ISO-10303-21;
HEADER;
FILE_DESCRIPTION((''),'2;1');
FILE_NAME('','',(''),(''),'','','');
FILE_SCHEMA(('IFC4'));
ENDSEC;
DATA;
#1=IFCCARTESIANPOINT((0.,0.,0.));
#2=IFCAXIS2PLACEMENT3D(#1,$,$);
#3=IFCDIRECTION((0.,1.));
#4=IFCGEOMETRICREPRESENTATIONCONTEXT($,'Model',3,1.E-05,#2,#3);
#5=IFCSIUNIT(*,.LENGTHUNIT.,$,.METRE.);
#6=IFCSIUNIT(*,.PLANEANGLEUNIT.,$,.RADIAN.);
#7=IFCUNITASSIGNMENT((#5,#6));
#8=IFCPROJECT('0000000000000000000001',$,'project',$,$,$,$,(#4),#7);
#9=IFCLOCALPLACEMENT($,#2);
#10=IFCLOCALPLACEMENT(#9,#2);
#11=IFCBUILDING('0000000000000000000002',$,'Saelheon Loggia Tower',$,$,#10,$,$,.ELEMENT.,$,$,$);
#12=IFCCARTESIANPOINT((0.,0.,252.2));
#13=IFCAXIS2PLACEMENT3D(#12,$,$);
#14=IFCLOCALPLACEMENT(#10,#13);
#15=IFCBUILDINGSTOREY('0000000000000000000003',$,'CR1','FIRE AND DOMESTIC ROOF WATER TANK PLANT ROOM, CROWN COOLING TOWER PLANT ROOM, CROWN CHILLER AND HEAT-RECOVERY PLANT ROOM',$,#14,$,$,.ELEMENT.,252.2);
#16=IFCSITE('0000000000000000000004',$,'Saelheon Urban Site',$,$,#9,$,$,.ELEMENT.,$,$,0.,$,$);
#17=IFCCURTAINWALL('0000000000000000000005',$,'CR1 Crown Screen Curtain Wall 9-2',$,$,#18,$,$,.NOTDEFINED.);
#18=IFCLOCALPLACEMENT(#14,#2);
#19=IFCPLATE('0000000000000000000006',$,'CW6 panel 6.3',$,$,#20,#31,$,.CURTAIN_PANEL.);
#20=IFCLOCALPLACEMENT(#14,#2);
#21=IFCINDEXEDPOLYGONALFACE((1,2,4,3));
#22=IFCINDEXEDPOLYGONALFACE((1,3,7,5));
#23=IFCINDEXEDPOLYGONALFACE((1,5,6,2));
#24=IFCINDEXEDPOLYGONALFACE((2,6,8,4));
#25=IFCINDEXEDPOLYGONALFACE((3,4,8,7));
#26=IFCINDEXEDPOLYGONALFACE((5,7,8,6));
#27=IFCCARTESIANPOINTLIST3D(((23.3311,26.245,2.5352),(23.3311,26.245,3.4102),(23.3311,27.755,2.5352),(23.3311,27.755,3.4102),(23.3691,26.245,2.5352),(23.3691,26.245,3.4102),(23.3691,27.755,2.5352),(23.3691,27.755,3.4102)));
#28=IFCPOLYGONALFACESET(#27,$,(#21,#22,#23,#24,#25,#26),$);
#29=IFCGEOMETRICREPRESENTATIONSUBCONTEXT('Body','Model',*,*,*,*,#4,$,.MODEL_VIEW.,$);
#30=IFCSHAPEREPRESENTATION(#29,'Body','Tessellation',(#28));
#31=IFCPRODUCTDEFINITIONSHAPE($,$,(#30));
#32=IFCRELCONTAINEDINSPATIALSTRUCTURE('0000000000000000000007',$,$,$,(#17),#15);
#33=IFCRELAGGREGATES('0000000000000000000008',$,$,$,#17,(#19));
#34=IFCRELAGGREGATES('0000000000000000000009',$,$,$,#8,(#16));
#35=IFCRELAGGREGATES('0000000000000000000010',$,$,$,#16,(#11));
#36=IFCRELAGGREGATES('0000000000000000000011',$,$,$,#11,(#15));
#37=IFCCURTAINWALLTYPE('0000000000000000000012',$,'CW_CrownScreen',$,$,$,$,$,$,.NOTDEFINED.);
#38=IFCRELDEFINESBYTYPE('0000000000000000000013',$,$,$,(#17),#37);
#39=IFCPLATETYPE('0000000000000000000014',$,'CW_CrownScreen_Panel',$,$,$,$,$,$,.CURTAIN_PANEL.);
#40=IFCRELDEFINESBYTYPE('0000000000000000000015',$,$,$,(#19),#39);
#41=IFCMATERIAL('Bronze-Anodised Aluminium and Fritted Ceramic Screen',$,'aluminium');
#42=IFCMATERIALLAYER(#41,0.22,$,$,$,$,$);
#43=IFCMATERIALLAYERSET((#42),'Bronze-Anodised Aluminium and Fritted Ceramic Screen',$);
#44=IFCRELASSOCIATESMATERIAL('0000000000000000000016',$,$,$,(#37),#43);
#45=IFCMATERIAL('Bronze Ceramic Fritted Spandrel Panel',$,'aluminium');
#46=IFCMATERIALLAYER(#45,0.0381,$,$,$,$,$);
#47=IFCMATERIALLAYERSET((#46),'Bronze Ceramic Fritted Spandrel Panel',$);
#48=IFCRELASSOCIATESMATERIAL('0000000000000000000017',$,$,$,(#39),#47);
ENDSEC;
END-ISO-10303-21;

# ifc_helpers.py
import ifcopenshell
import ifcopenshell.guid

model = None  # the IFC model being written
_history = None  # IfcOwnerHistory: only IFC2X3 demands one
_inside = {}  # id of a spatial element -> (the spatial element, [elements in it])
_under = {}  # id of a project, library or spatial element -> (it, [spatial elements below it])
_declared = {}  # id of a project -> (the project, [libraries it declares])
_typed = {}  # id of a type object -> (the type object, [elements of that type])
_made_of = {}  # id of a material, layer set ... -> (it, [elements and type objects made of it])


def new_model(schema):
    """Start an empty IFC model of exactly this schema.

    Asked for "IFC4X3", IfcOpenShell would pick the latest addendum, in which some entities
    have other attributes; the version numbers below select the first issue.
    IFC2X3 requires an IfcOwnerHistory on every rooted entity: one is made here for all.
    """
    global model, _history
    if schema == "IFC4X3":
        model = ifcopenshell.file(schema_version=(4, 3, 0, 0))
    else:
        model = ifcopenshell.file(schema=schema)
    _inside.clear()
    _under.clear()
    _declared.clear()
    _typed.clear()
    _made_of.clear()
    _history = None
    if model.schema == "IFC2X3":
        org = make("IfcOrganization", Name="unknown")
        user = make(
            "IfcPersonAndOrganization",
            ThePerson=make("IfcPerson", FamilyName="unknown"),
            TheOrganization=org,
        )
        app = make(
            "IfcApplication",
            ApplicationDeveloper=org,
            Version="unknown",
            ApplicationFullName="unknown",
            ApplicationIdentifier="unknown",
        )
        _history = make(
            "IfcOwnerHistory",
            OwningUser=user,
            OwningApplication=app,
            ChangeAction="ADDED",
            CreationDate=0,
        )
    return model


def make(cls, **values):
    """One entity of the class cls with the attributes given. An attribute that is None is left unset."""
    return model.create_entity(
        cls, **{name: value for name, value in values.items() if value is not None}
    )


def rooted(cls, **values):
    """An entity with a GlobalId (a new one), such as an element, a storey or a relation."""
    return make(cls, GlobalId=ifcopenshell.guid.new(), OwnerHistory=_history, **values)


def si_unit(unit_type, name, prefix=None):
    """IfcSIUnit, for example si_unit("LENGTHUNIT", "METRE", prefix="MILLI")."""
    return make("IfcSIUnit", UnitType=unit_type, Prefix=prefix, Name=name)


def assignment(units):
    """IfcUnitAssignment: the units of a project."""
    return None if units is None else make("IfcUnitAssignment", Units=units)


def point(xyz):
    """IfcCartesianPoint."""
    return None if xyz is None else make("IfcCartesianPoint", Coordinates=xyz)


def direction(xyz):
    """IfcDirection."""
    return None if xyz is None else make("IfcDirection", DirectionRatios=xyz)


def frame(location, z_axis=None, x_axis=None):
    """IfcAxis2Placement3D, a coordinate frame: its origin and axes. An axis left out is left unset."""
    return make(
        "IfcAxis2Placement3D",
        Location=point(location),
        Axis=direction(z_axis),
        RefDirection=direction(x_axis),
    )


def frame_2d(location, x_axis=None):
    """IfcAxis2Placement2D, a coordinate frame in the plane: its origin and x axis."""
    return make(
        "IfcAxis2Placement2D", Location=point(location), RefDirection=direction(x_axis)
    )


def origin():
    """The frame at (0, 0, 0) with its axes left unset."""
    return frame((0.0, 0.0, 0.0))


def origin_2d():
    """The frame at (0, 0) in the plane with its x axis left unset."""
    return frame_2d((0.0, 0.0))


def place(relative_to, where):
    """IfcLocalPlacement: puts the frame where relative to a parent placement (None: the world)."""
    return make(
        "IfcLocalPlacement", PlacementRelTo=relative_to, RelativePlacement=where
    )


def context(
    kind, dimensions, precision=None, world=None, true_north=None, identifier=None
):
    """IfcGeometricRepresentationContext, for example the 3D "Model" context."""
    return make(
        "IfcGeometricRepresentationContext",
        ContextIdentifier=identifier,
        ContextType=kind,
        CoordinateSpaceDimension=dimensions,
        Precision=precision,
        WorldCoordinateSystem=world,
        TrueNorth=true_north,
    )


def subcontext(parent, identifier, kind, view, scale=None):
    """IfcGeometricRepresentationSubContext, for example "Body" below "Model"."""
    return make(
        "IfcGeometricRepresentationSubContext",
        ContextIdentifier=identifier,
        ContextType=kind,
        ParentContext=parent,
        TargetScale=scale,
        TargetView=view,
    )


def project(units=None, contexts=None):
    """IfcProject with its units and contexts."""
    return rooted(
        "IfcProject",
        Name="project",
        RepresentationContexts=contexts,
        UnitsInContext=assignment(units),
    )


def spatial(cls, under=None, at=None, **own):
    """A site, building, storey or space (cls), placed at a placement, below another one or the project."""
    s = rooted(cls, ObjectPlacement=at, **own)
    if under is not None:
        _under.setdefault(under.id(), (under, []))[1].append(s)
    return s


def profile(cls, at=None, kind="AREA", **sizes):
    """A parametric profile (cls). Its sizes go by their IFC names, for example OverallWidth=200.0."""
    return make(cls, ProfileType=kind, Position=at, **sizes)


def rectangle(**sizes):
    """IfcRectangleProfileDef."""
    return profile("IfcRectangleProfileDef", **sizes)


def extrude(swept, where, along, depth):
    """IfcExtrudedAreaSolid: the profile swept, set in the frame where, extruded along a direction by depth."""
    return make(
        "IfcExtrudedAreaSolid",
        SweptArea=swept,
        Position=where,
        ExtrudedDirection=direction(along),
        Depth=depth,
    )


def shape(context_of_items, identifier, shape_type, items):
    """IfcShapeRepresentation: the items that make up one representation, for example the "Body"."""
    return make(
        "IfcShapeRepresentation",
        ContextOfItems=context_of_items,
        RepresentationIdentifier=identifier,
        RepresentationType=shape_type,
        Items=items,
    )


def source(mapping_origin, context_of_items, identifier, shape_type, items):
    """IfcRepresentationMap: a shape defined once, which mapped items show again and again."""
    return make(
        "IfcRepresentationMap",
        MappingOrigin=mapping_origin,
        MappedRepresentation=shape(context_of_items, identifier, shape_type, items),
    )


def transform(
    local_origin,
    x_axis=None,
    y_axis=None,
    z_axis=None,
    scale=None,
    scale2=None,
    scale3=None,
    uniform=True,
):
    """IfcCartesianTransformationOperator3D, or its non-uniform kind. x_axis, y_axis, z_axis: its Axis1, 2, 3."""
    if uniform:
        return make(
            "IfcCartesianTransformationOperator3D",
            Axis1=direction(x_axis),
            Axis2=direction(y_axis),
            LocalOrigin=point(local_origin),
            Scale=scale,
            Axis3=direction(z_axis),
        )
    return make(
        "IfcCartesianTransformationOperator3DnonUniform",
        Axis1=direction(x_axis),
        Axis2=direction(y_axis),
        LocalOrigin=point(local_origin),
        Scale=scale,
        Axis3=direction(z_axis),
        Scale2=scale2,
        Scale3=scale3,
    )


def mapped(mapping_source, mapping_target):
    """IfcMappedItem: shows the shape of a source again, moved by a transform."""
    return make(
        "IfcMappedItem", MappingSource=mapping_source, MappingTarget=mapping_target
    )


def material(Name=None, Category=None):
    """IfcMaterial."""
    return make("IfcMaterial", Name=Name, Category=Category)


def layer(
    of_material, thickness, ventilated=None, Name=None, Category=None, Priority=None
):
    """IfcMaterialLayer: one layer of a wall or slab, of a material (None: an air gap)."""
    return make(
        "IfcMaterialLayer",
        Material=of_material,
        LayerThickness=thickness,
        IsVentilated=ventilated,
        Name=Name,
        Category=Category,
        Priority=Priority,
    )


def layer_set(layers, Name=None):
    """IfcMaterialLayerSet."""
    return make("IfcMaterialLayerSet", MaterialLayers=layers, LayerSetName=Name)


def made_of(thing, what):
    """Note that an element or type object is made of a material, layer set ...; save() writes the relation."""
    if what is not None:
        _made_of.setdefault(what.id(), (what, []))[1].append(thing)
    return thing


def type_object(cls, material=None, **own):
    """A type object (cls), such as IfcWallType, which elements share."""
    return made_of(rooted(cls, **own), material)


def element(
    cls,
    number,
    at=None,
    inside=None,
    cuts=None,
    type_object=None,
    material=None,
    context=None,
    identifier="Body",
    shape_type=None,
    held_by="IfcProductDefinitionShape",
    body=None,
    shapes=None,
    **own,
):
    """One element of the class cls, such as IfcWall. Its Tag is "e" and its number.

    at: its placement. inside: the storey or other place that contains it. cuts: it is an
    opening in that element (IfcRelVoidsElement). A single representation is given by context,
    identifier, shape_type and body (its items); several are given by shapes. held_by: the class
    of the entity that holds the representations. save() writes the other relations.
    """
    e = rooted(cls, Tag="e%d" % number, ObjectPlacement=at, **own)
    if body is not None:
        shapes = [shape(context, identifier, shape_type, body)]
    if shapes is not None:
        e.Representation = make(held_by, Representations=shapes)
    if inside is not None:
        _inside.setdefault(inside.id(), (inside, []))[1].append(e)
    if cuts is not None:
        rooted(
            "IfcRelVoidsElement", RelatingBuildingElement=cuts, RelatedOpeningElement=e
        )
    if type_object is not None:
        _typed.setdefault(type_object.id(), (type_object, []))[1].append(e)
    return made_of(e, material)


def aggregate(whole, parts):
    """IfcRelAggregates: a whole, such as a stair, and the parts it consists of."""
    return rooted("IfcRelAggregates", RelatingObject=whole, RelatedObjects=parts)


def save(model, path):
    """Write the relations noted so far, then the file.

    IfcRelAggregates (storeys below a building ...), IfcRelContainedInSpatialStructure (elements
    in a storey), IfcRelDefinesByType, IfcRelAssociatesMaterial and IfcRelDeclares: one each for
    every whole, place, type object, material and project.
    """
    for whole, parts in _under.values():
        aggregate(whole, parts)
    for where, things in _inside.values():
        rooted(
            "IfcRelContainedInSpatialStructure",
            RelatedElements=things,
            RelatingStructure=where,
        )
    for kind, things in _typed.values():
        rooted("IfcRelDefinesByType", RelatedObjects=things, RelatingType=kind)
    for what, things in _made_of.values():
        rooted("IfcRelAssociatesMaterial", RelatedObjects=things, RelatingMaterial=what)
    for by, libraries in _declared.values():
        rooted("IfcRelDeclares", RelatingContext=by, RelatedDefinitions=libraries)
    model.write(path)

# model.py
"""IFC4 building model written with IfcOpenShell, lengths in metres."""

from ifc_helpers import new_model, si_unit, direction, frame, origin, origin_2d, place, context, subcontext, project, spatial, rectangle, extrude, source, transform, mapped, material, layer, layer_set, type_object, element, aggregate, save


model = new_model("IFC4")

# Units and contexts
model_context = context("Model", 3, precision=1e-05, world=origin(), true_north=direction((0.0, 1.0)))
body_context = subcontext(model_context, "Body", "Model", "MODEL_VIEW")
ifc_project = project(units=[si_unit("LENGTHUNIT", "METRE"), si_unit("PLANEANGLEUNIT", "RADIAN")], contexts=[model_context])

# Site, building, storey
site_placement = place(None, origin())
site = spatial("IfcSite", under=ifc_project, at=site_placement, Name="Saelheon Urban Site", CompositionType="ELEMENT", RefElevation=0.0)
building_placement = place(site_placement, origin())
building = spatial("IfcBuilding", under=site, at=building_placement, Name="Saelheon Loggia Tower", CompositionType="ELEMENT")
storey_placement = place(building_placement, frame((0.0, 0.0, 252.2)))
storey = spatial("IfcBuildingStorey", under=building, at=storey_placement, Name="CR1", Description="FIRE AND DOMESTIC ROOF WATER TANK PLANT ROOM, CROWN COOLING TOWER PLANT ROOM, CROWN CHILLER AND HEAT-RECOVERY PLANT ROOM", CompositionType="ELEMENT", Elevation=252.2)

# Curtain wall, plate
ifc_material_1 = material(Name="Bronze-Anodised Aluminium and Fritted Ceramic Screen", Category="aluminium")
ifc_layer_1 = layer(ifc_material_1, 0.22)
ifc_layer_set_1 = layer_set([ifc_layer_1], Name="Bronze-Anodised Aluminium and Fritted Ceramic Screen")
curtain_wall_type = type_object("IfcCurtainWallType", Name="CW_CrownScreen", PredefinedType="NOTDEFINED", material=ifc_layer_set_1)
curtain_wall_placement = place(storey_placement, origin())
curtain_wall = element("IfcCurtainWall", 1, at=curtain_wall_placement, inside=storey, type_object=curtain_wall_type, Name="CR1 Crown Screen Curtain Wall 9-2", PredefinedType="NOTDEFINED")
ifc_material_2 = material(Name="Bronze Ceramic Fritted Spandrel Panel", Category="aluminium")
ifc_layer_2 = layer(ifc_material_2, 0.0381)
ifc_layer_set_2 = layer_set([ifc_layer_2], Name="Bronze Ceramic Fritted Spandrel Panel")
plate_type = type_object("IfcPlateType", Name="CW_CrownScreen_Panel", PredefinedType="CURTAIN_PANEL", material=ifc_layer_set_2)
shared_shape_1 = source(origin(), body_context, "Body", "SweptSolid", [
    extrude(rectangle(XDim=1.51, YDim=0.0381, at=origin_2d()), origin(), (0.0, 0.0, 1.0), 0.875),
])
plate_1_placement = place(storey_placement, frame((23.3501, 27.0, 2.5352), z_axis=(0.0, 0.0, 1.0), x_axis=(0.0, -1.0, 0.0)))
plate_1 = element("IfcPlate", 2, at=plate_1_placement, type_object=plate_type, Name="CW6 panel 6.3", PredefinedType="CURTAIN_PANEL", context=body_context, shape_type="MappedRepresentation", body=[
    mapped(shared_shape_1, transform((0.0, 0.0, 0.0), scale=1.0)),
])
aggregate(curtain_wall, [plate_1])

save(model, "model.ifc")
